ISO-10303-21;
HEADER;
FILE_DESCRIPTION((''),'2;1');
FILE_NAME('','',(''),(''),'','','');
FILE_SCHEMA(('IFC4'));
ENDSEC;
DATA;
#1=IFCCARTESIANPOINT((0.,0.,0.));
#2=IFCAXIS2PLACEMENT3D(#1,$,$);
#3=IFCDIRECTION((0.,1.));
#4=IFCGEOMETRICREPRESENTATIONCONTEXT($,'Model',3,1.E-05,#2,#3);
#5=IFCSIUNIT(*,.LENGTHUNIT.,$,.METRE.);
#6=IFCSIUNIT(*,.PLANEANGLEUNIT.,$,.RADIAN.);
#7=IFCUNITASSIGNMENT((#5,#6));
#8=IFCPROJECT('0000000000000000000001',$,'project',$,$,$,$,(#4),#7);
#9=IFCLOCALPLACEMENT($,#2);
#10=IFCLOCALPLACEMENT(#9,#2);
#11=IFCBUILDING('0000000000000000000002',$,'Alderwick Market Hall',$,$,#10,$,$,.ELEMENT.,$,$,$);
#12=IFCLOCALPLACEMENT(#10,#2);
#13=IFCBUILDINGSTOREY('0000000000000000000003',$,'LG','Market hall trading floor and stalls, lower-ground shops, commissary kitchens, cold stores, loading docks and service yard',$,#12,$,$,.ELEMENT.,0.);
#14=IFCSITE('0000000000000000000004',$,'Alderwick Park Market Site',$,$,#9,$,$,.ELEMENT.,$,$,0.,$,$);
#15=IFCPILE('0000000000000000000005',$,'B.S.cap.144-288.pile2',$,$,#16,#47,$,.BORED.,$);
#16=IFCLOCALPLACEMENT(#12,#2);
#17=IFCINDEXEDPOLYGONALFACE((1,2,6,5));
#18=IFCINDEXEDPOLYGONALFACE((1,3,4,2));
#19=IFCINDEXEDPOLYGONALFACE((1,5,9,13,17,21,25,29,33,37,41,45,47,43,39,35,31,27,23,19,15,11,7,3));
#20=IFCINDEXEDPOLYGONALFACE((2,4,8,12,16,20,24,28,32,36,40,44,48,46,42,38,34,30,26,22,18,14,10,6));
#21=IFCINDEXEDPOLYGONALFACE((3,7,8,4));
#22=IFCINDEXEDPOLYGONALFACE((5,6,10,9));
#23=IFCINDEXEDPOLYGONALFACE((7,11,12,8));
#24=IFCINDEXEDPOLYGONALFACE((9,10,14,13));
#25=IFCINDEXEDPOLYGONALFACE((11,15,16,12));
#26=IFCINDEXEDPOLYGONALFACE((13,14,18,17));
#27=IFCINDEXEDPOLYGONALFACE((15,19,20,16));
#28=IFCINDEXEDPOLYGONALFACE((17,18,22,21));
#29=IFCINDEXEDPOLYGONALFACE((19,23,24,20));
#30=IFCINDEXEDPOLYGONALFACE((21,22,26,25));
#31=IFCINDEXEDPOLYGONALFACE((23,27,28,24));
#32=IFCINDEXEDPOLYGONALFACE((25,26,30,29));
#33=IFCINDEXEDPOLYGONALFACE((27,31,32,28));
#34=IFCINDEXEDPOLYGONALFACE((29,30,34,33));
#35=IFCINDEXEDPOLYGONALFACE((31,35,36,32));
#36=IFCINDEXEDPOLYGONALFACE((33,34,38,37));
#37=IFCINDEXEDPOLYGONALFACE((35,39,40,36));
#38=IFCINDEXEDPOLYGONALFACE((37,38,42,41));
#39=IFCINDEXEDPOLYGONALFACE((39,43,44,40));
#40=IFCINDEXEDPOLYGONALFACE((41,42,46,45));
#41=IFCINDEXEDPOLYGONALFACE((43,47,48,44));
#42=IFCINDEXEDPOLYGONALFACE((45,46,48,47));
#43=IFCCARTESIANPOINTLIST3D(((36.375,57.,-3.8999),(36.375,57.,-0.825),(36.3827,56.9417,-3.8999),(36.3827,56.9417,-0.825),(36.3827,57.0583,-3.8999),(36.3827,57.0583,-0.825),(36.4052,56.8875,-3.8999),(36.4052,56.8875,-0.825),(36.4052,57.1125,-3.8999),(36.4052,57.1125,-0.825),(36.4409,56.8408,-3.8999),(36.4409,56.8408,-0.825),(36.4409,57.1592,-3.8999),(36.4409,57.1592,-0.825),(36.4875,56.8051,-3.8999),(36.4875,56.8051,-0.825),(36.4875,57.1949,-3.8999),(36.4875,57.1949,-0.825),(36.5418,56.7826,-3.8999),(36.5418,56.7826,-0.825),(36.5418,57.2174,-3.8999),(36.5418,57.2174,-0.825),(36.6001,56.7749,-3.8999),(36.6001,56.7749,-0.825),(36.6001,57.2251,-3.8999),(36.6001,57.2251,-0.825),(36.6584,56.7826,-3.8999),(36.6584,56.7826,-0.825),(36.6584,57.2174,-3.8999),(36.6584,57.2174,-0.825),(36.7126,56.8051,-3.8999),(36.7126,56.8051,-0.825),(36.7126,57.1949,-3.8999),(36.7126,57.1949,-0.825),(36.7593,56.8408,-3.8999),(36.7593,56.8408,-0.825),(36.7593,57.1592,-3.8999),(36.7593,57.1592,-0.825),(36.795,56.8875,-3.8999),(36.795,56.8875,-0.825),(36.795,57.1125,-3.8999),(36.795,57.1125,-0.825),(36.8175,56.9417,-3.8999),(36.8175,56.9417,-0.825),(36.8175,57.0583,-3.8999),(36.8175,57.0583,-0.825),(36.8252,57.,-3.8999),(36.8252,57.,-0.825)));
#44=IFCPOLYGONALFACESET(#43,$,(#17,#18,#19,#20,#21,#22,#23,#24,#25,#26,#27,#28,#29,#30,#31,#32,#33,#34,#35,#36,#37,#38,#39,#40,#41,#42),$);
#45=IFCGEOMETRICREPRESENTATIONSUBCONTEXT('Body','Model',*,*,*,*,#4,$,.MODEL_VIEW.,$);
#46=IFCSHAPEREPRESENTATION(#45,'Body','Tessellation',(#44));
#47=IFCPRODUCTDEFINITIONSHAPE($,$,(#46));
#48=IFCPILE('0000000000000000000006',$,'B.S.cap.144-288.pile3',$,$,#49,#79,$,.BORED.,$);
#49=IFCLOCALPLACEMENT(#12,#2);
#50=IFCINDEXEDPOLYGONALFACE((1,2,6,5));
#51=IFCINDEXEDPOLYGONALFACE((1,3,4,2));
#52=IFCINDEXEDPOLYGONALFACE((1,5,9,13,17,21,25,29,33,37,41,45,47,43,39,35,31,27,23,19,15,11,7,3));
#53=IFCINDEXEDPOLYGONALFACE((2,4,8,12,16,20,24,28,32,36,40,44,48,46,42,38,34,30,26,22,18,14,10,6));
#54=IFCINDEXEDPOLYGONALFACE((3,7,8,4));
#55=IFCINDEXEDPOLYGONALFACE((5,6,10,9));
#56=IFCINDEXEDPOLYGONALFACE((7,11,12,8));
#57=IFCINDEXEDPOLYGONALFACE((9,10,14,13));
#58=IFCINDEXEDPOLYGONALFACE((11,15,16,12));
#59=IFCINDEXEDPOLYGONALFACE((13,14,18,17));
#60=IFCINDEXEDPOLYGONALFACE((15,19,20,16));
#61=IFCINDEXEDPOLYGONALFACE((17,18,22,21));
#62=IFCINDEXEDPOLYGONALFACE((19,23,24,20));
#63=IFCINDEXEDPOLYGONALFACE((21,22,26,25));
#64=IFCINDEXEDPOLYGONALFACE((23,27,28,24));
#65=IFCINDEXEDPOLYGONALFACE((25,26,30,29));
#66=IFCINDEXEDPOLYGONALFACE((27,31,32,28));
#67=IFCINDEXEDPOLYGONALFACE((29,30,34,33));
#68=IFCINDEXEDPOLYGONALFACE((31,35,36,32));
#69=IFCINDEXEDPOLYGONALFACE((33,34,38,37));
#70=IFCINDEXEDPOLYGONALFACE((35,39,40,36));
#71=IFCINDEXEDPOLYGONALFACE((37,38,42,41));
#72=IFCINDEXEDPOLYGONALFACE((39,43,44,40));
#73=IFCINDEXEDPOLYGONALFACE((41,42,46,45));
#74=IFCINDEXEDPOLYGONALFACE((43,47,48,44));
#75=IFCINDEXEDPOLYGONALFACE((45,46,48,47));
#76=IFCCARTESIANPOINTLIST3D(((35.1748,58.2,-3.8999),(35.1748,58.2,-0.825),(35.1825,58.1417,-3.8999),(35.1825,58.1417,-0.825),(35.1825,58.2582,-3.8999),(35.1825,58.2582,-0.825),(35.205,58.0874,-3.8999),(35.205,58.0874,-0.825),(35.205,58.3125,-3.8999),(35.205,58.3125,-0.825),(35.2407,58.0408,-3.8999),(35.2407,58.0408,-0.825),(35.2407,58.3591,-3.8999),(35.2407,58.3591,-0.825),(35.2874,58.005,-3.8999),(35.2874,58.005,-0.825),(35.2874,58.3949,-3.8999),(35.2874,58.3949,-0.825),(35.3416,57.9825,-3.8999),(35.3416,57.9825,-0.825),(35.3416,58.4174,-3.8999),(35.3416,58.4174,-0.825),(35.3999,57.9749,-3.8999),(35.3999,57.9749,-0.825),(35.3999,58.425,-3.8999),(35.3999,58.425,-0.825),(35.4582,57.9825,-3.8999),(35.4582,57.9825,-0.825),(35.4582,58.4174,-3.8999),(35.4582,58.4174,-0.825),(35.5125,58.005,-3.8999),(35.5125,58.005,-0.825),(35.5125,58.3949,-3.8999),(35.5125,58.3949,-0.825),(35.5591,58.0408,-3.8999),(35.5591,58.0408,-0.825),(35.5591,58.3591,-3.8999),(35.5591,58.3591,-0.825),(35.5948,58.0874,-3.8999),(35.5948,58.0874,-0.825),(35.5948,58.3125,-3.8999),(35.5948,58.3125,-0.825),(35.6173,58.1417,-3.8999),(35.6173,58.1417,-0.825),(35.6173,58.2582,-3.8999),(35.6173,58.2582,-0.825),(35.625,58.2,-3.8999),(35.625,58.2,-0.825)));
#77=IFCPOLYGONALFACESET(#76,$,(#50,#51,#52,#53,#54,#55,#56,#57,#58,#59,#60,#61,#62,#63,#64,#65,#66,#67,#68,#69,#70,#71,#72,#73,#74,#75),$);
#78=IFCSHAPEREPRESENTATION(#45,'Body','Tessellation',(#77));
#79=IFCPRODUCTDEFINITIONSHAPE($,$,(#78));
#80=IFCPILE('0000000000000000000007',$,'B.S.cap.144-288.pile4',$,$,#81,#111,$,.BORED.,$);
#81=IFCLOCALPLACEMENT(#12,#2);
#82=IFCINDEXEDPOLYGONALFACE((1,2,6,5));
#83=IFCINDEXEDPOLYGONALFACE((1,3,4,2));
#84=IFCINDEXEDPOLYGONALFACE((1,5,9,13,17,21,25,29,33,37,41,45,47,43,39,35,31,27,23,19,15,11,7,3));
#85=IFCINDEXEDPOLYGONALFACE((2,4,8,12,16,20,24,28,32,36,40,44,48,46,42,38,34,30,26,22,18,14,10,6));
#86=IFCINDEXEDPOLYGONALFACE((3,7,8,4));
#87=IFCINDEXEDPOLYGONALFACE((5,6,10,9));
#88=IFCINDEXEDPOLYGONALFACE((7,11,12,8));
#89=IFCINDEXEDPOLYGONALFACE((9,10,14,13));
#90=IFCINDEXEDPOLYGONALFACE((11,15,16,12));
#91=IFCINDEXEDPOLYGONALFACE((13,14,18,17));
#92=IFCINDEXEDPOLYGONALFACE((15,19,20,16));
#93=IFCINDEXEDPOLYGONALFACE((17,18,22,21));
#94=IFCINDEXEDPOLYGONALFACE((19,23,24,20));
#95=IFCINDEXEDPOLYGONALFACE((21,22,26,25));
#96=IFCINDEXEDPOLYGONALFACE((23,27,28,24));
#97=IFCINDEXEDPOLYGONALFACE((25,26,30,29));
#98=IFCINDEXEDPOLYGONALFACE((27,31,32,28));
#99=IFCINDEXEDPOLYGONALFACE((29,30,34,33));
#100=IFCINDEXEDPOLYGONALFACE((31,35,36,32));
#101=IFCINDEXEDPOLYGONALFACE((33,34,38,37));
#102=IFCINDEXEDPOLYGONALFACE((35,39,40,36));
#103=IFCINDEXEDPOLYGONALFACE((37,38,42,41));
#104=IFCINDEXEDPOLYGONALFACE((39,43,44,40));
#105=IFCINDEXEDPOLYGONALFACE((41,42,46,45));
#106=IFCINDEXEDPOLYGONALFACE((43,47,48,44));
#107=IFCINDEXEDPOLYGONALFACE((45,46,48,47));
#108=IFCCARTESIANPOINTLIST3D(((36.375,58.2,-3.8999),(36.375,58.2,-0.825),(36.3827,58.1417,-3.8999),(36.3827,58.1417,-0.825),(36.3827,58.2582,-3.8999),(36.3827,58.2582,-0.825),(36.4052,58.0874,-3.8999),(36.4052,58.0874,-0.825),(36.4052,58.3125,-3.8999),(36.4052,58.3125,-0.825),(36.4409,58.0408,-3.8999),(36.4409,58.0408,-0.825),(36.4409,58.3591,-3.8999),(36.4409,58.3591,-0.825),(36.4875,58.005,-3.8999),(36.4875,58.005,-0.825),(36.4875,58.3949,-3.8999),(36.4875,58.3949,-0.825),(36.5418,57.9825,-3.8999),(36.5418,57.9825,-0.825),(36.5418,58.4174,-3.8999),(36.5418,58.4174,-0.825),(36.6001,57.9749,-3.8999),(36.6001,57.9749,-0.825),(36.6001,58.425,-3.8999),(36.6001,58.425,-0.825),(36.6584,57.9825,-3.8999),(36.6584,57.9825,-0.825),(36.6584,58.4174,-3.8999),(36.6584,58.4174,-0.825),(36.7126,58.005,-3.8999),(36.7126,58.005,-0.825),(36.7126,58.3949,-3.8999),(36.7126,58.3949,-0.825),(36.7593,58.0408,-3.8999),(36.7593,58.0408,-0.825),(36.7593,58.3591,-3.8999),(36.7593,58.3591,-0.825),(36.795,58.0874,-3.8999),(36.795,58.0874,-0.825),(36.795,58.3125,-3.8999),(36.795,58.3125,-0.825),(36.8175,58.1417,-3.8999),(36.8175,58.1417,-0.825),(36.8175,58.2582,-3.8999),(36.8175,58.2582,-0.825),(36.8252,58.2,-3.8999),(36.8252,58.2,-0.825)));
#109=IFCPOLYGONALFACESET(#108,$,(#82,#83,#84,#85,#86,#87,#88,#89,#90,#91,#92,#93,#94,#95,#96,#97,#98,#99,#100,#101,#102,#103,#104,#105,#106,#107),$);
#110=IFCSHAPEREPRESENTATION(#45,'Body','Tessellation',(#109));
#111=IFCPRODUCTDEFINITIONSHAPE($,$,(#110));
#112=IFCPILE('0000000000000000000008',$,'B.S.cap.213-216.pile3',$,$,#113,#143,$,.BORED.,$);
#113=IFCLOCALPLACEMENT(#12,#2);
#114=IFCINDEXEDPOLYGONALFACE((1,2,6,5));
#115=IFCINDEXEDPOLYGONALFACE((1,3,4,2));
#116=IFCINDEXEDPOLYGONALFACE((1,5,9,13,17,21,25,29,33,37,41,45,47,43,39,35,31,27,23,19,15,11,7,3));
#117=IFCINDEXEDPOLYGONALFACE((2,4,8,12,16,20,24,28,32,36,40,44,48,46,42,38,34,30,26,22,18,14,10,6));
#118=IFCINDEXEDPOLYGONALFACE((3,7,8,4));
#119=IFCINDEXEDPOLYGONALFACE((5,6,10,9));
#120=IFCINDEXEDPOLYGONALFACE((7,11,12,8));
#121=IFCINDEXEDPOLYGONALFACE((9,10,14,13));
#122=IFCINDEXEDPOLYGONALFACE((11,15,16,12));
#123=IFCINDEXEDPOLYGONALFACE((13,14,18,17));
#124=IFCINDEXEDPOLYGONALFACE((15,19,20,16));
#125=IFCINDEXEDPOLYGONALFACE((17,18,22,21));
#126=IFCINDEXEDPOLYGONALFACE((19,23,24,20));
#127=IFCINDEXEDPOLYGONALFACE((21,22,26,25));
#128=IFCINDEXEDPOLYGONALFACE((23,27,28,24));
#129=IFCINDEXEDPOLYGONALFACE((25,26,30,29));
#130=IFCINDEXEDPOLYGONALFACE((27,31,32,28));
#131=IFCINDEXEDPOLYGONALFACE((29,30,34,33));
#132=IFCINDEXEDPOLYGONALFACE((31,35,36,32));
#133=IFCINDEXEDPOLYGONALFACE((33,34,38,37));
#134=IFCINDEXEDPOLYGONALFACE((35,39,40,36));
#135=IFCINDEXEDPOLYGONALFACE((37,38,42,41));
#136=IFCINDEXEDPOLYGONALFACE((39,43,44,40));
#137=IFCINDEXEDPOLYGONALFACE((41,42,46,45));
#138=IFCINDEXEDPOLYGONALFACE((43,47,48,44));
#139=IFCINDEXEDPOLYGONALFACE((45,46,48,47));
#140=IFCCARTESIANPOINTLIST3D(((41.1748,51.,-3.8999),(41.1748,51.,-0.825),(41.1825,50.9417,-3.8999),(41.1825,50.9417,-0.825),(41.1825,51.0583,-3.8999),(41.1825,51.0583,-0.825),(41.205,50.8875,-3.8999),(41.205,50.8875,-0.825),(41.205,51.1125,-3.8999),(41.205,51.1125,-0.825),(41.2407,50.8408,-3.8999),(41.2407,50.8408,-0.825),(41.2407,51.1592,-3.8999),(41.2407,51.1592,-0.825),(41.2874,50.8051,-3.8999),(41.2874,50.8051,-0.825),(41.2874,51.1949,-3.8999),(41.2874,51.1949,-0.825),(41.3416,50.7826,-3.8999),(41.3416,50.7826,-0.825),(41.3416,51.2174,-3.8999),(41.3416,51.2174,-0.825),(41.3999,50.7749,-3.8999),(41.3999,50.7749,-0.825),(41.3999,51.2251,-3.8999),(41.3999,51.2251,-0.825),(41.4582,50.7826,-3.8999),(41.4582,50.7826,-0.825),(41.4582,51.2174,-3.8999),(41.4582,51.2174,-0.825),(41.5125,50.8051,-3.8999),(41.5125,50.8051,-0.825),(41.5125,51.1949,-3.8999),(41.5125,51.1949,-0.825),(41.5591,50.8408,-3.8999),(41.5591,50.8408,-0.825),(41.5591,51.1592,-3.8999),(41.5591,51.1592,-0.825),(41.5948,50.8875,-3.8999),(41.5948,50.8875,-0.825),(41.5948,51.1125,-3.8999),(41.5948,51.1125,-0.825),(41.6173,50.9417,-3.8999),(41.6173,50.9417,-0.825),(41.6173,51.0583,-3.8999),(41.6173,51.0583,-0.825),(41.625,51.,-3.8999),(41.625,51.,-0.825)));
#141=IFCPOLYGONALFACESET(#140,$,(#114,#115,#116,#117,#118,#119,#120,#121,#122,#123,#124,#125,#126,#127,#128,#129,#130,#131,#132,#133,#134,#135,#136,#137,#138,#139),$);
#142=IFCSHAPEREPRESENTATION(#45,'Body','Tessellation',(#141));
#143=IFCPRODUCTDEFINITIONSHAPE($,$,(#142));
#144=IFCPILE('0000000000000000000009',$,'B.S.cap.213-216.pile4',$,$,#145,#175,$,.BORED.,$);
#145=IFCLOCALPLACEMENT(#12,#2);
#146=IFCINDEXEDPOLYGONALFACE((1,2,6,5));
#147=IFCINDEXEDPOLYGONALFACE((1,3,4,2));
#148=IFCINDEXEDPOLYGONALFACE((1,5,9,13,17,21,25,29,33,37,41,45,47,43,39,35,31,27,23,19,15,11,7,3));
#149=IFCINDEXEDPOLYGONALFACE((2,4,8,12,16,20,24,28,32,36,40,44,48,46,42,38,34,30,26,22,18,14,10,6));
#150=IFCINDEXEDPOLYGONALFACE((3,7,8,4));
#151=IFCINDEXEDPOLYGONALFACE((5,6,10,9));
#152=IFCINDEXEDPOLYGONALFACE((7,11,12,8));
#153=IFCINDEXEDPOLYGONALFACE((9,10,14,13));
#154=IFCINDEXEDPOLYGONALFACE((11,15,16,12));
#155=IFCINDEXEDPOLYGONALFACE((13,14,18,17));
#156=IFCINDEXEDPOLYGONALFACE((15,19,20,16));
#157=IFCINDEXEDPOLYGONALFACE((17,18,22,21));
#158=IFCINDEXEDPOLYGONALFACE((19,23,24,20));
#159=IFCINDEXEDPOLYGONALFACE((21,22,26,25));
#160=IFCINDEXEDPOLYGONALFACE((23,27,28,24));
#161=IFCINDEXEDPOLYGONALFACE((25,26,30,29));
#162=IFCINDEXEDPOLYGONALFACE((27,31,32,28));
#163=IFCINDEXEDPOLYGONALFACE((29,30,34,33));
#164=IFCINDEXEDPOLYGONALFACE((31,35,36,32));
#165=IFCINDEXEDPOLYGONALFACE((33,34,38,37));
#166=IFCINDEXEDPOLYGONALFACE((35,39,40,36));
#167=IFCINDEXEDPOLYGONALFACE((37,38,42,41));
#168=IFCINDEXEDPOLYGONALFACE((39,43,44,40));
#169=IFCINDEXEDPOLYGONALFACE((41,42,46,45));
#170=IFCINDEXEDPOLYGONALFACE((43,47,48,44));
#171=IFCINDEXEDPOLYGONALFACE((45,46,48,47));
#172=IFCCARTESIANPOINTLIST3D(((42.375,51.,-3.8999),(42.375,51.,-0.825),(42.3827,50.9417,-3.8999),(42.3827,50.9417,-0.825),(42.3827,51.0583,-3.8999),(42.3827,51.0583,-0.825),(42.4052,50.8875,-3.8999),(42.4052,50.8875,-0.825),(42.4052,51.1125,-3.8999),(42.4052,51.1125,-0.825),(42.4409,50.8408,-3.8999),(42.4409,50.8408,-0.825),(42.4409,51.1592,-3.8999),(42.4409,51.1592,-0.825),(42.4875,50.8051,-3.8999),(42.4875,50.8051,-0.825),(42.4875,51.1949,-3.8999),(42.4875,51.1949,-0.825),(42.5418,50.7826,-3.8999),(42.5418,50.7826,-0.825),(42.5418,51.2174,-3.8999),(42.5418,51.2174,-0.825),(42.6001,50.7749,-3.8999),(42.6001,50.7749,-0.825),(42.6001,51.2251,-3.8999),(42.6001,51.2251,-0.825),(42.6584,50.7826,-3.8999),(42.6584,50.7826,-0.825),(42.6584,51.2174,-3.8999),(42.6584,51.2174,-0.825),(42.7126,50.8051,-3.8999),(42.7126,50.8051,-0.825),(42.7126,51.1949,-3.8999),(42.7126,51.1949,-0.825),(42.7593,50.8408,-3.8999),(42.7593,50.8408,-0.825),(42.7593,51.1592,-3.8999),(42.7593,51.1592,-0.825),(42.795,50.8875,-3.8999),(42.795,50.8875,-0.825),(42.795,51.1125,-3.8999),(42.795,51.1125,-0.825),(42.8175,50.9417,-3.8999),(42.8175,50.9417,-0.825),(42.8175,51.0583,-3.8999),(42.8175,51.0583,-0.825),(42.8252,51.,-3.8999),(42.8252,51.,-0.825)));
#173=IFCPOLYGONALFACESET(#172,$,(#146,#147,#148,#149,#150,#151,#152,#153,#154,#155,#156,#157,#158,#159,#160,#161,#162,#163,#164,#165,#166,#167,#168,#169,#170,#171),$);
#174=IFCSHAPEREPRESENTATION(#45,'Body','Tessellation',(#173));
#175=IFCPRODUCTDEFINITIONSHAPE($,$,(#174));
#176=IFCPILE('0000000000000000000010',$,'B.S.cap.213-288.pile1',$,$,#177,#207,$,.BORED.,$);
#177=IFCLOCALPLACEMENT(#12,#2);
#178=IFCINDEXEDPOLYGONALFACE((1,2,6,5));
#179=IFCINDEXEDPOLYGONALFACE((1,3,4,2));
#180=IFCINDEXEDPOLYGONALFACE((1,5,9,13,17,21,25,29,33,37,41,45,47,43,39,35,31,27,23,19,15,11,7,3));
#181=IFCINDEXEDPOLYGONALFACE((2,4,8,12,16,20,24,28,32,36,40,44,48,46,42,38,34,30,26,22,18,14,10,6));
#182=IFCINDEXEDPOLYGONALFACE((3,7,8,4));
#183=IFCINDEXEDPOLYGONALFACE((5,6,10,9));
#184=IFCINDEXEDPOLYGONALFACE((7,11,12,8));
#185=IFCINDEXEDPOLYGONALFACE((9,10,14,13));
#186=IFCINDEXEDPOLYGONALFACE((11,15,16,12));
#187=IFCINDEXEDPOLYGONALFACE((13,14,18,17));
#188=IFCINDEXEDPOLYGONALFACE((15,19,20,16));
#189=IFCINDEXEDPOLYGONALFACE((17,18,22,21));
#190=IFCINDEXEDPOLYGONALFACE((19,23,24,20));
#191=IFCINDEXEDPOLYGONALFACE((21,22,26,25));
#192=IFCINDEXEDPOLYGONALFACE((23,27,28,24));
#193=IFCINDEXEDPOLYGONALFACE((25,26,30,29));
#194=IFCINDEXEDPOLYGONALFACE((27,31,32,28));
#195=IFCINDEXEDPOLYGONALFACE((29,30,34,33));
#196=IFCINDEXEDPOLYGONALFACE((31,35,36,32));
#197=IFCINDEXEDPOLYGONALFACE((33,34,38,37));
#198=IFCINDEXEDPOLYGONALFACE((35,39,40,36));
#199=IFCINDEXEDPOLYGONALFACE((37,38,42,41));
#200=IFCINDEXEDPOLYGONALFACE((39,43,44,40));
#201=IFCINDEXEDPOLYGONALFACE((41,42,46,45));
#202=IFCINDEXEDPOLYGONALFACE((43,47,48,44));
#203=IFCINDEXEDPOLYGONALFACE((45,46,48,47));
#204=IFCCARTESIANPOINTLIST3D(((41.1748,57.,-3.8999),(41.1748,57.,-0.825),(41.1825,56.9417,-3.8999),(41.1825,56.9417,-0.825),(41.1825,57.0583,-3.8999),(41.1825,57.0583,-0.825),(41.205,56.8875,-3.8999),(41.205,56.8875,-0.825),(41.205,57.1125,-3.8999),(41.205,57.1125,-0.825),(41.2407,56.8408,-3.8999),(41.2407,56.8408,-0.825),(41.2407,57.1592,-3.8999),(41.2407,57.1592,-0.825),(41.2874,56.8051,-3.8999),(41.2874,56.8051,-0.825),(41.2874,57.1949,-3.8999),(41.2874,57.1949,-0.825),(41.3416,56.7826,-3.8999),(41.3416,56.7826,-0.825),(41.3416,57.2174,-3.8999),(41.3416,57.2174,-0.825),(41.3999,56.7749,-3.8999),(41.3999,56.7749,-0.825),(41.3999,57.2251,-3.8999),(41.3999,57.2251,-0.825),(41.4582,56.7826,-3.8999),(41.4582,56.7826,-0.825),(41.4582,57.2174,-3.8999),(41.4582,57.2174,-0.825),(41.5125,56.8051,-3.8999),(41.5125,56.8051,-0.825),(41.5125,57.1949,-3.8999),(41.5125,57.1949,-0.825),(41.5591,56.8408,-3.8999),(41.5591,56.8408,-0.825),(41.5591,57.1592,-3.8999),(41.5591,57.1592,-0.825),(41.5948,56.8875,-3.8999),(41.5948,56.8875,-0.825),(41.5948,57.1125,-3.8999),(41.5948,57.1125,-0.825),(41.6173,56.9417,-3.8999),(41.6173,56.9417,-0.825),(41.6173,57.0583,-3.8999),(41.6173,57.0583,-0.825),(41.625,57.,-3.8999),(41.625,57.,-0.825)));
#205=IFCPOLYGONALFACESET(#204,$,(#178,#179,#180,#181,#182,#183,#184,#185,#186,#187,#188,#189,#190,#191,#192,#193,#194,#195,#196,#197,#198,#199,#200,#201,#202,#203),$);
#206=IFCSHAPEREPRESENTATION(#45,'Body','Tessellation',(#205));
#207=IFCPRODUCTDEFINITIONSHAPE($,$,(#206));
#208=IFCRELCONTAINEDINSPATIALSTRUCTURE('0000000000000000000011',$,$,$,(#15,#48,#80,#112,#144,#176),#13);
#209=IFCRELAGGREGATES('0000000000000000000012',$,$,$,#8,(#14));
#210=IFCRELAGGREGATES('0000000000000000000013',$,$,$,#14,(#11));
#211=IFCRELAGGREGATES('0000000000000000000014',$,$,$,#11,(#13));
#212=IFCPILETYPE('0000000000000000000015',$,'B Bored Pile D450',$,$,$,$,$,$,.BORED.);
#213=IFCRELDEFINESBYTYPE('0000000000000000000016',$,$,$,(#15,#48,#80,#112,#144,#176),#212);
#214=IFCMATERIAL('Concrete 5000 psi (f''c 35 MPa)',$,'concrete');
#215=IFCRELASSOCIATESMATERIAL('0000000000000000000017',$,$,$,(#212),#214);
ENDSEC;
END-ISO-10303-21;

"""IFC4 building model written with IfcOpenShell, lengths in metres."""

from ifc_helpers import new_model, si_unit, direction, frame, origin, origin_2d, place, context, subcontext, project, spatial, circle, extrude, material, material_profile, profile_set, type_object, element, save


model = new_model("IFC4")

# Units and contexts
model_context = context("Model", 3, precision=1e-05, world=origin(), true_north=direction((0.0, 1.0)))
body_context = subcontext(model_context, "Body", "Model", "MODEL_VIEW")
ifc_project = project(units=[si_unit("LENGTHUNIT", "METRE"), si_unit("PLANEANGLEUNIT", "RADIAN")], contexts=[model_context])

# Site, building, storey
site_placement = place(None, origin())
site = spatial("IfcSite", under=ifc_project, at=site_placement, Name="Alderwick Park Market Site", CompositionType="ELEMENT", RefElevation=0.0)
building_placement = place(site_placement, origin())
building = spatial("IfcBuilding", under=site, at=building_placement, Name="Alderwick Market Hall", CompositionType="ELEMENT")
storey_placement = place(building_placement, origin())
storey = spatial("IfcBuildingStorey", under=building, at=storey_placement, Name="LG", Description="Market hall trading floor and stalls, lower-ground shops, commissary kitchens, cold stores, loading docks and service yard", CompositionType="ELEMENT", Elevation=0.0)

# Piles
ifc_material_1 = material(Name="Concrete 5000 psi (f'c 35 MPa)", Category="concrete")
ifc_material_profile_1 = material_profile(ifc_material_1, circle(Radius=0.2251, at=origin_2d()), Name="B Bored Pile D450")
ifc_profile_set_1 = profile_set([ifc_material_profile_1], Name="Concrete 5000 psi (f'c 35 MPa)")
pile_type = type_object("IfcPileType", Name="B Bored Pile D450", PredefinedType="BORED", material=ifc_profile_set_1)
for number, where, z_axis, x_axis, name in (
    (1, (36.6001, 57.0, -0.825), (0.0, 0.0, -1.0), (1.0, 0.0, 0.0), "B.S.cap.144-288.pile2"),
    (2, (35.3999, 58.2, -0.825), (0.0, 0.0, -1.0), (1.0, 0.0, 0.0), "B.S.cap.144-288.pile3"),
    (3, (36.6001, 58.2, -0.825), (0.0, 0.0, -1.0), (1.0, 0.0, 0.0), "B.S.cap.144-288.pile4"),
    (4, (41.3999, 51.0, -0.825), (0.0, 0.0, -1.0), (1.0, 0.0, 0.0), "B.S.cap.213-216.pile3"),
    (5, (42.6001, 51.0, -0.825), (0.0, 0.0, -1.0), (1.0, 0.0, 0.0), "B.S.cap.213-216.pile4"),
    (6, (41.3999, 57.0, -0.825), (0.0, 0.0, -1.0), (1.0, 0.0, 0.0), "B.S.cap.213-288.pile1"),
):
    element("IfcPile", number, at=place(storey_placement, frame(where, z_axis=z_axis, x_axis=x_axis)), inside=storey, type_object=pile_type, Name=name, PredefinedType="BORED", context=body_context, shape_type="SweptSolid", body=[
        extrude(circle(Radius=0.2251, at=origin_2d()), origin(), (0.0, 0.0, 1.0), 3.075),
    ])

save(model, "model.ifc")
